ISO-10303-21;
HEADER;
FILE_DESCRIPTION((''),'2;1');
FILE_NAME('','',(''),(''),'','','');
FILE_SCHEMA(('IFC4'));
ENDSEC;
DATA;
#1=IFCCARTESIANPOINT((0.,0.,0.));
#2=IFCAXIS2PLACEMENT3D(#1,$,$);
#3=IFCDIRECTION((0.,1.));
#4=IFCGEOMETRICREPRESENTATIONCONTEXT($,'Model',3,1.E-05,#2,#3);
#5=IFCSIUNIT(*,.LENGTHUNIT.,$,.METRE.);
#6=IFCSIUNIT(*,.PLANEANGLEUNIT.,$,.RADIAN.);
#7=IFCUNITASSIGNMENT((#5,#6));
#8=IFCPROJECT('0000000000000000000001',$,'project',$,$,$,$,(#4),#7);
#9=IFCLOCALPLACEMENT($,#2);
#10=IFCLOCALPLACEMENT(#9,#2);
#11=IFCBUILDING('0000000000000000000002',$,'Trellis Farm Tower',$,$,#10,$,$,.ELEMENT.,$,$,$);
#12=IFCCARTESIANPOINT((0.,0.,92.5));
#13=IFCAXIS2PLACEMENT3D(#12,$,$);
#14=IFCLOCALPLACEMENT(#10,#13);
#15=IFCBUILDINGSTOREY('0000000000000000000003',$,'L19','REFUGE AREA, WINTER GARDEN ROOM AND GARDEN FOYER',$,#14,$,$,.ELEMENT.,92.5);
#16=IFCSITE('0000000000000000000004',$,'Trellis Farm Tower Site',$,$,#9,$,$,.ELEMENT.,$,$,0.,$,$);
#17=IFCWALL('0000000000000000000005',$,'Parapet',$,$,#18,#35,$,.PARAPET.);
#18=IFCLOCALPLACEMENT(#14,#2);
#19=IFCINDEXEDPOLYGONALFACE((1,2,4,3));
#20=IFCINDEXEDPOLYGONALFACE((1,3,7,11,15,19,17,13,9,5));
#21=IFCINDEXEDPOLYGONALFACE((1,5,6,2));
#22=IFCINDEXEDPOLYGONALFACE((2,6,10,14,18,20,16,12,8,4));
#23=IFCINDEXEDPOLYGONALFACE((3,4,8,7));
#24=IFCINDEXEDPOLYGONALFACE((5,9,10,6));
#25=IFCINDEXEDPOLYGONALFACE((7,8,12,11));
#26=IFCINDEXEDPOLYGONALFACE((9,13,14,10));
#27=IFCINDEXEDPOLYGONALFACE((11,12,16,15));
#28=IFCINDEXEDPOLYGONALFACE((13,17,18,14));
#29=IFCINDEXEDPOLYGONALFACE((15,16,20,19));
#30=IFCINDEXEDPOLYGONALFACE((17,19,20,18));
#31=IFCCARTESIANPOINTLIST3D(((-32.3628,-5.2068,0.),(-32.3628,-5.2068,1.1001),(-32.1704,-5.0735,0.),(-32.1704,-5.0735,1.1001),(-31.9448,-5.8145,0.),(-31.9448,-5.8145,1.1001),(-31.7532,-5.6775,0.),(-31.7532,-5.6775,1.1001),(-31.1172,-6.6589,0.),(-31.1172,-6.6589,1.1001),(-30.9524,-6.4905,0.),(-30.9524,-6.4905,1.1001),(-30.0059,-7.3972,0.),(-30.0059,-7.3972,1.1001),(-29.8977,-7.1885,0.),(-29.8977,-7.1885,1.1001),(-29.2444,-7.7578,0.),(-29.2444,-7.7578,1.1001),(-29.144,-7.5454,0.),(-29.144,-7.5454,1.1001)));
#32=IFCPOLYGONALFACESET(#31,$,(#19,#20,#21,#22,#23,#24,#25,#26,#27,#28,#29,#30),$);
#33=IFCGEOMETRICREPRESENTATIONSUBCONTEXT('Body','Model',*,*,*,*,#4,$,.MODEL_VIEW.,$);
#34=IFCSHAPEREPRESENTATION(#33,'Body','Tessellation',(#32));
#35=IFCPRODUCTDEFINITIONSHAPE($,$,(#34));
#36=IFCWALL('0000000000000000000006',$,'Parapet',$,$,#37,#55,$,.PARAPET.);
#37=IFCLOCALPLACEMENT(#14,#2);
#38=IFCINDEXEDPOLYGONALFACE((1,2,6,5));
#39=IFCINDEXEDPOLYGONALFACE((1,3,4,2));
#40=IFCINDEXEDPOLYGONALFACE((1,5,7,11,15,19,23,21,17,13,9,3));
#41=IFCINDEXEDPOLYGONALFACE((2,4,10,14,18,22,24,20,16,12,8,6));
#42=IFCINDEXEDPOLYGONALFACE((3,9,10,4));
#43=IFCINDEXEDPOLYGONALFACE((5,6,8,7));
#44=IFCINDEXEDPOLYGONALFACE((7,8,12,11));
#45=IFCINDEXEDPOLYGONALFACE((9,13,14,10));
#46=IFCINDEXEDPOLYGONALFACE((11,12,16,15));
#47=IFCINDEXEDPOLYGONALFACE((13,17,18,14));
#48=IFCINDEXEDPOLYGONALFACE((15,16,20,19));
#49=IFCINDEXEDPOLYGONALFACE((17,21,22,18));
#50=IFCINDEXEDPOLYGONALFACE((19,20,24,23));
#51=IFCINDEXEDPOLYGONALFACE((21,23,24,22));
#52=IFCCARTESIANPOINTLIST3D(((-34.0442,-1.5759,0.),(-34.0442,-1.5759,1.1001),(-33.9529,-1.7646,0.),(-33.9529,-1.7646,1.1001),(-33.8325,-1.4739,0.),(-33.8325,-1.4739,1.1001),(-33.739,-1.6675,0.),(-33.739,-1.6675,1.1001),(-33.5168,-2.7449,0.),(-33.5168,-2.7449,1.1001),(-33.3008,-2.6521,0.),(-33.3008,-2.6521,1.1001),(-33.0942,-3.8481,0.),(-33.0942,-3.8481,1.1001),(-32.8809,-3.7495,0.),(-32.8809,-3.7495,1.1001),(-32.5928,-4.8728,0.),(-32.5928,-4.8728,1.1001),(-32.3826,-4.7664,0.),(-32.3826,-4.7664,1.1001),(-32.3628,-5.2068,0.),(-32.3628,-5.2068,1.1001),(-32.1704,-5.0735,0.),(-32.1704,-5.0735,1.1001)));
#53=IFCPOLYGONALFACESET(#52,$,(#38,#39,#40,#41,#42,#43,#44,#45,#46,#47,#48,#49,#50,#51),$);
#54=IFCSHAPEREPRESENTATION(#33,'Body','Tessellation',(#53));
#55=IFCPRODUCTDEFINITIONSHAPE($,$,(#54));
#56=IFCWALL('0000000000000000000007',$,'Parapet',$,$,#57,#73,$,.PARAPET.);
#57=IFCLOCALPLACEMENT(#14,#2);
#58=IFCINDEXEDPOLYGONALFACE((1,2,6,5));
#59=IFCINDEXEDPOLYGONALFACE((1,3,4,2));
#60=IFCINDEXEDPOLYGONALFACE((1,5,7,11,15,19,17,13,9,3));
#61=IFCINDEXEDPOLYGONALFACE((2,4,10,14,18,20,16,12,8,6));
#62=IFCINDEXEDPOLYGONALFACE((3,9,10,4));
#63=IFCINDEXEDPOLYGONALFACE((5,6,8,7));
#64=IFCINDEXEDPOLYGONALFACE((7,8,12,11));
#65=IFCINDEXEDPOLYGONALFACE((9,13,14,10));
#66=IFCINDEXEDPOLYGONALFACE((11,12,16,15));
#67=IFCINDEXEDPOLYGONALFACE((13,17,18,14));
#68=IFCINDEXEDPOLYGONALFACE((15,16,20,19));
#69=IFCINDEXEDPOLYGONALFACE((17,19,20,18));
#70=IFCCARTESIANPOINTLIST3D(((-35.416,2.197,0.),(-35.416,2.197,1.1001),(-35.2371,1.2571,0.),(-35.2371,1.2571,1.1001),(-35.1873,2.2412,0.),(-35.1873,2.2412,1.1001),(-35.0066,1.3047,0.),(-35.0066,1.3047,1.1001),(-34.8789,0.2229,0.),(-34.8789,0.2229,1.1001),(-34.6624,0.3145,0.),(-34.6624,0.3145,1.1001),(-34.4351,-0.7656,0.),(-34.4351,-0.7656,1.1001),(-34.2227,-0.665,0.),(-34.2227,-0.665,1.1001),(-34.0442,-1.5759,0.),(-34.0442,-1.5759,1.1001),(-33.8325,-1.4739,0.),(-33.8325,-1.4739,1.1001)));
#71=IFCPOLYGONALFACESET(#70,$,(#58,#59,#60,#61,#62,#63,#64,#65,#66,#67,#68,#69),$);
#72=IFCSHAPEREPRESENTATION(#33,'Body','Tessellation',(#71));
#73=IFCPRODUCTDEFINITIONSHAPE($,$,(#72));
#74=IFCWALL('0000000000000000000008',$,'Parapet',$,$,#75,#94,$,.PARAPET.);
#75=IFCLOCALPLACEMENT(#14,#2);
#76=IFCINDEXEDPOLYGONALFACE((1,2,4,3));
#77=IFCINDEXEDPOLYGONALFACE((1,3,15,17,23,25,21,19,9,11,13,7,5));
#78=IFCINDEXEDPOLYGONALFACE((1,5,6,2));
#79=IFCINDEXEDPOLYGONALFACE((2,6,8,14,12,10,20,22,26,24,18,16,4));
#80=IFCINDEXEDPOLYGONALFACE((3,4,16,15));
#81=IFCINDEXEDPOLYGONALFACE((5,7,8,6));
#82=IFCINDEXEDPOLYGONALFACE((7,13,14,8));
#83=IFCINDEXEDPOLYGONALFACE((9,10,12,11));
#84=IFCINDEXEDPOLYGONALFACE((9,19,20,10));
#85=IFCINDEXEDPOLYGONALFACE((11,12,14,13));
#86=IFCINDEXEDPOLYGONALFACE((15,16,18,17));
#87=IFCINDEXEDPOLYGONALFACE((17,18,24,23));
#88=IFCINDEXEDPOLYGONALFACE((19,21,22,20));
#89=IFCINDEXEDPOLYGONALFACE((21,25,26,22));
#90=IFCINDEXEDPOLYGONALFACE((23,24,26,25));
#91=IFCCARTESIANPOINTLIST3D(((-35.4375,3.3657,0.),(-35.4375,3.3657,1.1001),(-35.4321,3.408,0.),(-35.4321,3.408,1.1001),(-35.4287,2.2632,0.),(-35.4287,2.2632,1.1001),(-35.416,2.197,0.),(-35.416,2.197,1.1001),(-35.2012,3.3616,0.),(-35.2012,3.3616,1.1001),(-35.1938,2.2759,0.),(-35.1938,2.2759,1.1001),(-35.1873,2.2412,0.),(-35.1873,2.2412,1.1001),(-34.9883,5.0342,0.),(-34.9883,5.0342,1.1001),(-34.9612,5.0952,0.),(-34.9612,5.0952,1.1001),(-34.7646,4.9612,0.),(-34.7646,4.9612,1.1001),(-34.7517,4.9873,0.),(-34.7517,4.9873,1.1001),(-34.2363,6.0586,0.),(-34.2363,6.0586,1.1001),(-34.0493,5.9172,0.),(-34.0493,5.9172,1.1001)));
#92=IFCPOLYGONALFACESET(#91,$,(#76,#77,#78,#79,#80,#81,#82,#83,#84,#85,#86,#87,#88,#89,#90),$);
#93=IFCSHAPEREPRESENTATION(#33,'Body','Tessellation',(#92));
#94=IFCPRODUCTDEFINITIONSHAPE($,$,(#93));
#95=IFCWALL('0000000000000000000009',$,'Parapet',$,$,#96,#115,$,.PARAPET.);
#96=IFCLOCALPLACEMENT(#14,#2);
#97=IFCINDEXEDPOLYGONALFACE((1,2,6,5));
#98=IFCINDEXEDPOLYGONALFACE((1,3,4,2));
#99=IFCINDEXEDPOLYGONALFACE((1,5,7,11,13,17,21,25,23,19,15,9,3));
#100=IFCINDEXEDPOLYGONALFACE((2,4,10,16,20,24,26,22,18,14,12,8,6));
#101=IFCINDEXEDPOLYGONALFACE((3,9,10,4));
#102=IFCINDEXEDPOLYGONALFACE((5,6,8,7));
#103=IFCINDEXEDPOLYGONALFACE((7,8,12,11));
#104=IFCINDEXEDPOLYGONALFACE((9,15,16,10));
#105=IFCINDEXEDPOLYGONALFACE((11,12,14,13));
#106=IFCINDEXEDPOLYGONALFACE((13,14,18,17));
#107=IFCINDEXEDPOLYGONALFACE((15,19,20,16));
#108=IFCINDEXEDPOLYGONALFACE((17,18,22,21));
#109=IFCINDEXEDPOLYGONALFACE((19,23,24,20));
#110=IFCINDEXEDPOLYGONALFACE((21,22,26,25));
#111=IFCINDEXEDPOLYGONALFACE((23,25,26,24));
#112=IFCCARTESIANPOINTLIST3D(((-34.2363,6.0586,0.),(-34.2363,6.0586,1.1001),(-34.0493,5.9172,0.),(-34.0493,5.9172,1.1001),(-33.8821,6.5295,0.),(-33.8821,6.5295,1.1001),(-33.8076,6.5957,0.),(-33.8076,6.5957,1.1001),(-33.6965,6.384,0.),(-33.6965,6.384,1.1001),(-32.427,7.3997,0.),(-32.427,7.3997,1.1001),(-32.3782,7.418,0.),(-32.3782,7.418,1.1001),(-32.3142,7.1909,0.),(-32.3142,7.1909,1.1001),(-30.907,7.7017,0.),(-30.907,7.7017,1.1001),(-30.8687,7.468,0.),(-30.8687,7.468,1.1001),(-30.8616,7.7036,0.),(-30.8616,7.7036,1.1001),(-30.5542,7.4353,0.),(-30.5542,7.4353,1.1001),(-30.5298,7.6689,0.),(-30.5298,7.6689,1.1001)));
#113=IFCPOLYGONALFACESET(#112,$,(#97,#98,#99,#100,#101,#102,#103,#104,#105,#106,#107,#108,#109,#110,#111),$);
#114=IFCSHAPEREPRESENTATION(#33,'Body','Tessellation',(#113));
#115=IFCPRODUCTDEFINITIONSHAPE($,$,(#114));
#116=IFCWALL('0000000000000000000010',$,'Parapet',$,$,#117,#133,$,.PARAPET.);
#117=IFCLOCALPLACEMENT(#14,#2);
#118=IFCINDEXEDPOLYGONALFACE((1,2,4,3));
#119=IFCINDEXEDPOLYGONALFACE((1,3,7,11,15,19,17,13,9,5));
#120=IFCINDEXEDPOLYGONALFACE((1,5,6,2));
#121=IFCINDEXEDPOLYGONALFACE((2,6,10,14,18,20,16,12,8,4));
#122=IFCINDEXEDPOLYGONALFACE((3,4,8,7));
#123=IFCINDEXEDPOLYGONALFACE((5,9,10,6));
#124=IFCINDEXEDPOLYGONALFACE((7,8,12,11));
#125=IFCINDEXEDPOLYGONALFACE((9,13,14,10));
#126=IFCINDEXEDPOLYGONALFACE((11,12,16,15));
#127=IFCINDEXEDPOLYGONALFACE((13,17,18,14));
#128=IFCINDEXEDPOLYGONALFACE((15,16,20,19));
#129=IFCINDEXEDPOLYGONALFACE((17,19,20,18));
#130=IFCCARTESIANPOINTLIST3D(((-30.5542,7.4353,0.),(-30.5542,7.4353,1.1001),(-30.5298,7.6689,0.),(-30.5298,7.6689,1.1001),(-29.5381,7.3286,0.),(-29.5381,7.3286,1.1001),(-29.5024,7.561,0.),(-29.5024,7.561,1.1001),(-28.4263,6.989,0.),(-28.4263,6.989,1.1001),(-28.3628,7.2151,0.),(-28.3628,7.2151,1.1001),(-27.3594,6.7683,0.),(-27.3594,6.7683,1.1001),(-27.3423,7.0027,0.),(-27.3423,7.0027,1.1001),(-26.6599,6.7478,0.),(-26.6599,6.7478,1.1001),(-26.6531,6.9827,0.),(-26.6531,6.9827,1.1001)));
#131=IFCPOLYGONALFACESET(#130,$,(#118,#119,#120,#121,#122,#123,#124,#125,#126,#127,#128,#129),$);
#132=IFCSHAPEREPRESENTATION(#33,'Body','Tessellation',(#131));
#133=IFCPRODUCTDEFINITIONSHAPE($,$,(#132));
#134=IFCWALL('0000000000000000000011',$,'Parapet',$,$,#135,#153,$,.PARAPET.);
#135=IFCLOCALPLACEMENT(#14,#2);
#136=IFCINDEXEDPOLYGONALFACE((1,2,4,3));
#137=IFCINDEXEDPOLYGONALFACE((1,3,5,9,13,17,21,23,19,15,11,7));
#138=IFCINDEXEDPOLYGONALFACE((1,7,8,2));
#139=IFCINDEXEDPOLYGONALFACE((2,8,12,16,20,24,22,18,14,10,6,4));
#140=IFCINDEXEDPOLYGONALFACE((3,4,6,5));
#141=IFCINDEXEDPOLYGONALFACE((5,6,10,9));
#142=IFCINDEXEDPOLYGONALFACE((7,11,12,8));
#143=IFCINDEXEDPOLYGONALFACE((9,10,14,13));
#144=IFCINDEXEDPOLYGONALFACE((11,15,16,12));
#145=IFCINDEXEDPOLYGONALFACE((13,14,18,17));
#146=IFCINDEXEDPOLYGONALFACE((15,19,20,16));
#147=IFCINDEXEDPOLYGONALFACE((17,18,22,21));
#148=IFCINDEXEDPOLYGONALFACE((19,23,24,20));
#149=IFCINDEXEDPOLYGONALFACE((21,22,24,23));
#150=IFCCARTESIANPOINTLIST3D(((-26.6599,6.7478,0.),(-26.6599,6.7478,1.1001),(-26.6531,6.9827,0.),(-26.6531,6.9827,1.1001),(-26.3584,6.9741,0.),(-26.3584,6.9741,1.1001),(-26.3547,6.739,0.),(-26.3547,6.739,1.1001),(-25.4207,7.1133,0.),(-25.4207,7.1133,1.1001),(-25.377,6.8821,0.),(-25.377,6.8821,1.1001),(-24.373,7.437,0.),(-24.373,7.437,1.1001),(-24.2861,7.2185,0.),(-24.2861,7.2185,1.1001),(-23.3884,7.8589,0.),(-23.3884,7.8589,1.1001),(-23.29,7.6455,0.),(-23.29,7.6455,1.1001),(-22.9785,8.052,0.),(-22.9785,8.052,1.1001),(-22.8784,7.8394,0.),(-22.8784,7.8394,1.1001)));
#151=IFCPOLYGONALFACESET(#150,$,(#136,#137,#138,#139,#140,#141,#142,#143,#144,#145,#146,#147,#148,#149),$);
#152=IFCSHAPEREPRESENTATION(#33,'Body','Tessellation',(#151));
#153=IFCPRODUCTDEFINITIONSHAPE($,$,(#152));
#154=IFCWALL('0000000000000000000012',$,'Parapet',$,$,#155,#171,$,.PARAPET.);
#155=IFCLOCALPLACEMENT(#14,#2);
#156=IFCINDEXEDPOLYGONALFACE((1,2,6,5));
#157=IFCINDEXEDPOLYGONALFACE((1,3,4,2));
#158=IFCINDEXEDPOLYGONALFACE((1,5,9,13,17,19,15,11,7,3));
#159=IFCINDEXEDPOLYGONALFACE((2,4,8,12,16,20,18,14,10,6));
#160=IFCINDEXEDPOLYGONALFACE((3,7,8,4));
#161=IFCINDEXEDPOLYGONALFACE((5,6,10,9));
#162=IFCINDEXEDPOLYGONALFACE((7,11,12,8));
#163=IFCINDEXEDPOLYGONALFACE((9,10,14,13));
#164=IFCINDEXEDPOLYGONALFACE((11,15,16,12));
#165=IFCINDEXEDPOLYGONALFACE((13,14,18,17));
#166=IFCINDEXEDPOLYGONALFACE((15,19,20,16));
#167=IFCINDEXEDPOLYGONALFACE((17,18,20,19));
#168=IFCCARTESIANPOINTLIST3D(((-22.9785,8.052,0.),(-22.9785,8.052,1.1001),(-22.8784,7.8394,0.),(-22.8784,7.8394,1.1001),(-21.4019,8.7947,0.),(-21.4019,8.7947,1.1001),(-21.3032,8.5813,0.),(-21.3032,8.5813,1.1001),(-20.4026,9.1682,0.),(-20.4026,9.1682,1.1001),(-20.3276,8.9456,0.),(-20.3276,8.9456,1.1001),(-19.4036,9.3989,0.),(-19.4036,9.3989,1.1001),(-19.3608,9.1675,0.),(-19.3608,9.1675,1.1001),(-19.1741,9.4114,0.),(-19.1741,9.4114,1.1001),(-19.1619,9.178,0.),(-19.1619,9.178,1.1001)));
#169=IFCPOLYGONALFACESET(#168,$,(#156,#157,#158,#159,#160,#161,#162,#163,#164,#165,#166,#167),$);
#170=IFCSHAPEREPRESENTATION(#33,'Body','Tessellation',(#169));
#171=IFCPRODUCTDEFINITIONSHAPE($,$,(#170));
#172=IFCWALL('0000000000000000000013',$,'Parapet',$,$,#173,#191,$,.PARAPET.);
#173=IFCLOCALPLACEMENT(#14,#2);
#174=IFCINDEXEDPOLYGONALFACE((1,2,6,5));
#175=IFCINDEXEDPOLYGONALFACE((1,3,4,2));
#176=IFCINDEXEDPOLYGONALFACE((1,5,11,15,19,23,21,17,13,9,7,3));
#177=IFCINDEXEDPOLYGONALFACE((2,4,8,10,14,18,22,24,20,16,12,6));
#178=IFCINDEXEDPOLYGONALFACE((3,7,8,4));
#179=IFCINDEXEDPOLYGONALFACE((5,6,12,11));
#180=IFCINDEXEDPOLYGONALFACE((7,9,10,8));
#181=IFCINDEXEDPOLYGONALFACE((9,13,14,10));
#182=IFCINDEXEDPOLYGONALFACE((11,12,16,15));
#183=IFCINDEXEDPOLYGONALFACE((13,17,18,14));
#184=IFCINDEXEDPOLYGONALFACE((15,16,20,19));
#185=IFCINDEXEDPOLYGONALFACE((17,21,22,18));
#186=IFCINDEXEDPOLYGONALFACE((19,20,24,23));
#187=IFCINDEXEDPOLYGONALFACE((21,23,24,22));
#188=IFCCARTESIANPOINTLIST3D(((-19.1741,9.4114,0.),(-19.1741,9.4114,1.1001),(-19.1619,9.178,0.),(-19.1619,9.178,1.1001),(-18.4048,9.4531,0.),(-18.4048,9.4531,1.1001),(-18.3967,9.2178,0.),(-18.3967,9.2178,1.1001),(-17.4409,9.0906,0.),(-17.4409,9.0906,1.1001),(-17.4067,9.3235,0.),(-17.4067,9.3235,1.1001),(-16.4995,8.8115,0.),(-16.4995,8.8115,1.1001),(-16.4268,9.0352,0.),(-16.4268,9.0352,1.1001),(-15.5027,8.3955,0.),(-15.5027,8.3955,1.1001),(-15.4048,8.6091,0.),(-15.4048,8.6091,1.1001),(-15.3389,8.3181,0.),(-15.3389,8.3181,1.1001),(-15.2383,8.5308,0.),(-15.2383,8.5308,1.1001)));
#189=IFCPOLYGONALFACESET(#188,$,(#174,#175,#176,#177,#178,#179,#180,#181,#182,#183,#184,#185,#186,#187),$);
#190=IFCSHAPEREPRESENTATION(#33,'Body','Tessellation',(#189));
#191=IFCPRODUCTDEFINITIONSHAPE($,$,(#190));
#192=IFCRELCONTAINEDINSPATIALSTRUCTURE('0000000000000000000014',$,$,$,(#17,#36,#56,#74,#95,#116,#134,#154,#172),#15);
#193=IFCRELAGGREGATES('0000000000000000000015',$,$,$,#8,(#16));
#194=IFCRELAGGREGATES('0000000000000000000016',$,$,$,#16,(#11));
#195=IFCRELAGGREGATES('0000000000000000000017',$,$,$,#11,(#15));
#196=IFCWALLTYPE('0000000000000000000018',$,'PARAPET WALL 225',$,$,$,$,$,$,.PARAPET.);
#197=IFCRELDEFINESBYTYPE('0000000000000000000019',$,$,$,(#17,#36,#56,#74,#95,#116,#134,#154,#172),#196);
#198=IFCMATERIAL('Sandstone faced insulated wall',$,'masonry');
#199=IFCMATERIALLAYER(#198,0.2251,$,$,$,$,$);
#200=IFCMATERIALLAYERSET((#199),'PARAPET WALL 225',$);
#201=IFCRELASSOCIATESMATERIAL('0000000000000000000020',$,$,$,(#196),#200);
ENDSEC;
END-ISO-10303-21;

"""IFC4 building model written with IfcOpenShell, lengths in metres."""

from ifc_helpers import new_model, si_unit, direction, frame, origin, place, context, subcontext, project, spatial, polyline, outline, extrude, material, layer, layer_set, type_object, element, save


model = new_model("IFC4")

# Units and contexts
model_context = context("Model", 3, precision=1e-05, world=origin(), true_north=direction((0.0, 1.0)))
body_context = subcontext(model_context, "Body", "Model", "MODEL_VIEW")
ifc_project = project(units=[si_unit("LENGTHUNIT", "METRE"), si_unit("PLANEANGLEUNIT", "RADIAN")], contexts=[model_context])

# Site, building, storey
site_placement = place(None, origin())
site = spatial("IfcSite", under=ifc_project, at=site_placement, Name="Trellis Farm Tower Site", CompositionType="ELEMENT", RefElevation=0.0)
building_placement = place(site_placement, origin())
building = spatial("IfcBuilding", under=site, at=building_placement, Name="Trellis Farm Tower", CompositionType="ELEMENT")
storey_placement = place(building_placement, frame((0.0, 0.0, 92.5)))
storey = spatial("IfcBuildingStorey", under=building, at=storey_placement, Name="L19", Description="REFUGE AREA, WINTER GARDEN ROOM AND GARDEN FOYER", CompositionType="ELEMENT", Elevation=92.5)

# Walls
ifc_material_1 = material(Name="Sandstone faced insulated wall", Category="masonry")
ifc_layer_1 = layer(ifc_material_1, 0.2251)
ifc_layer_set_1 = layer_set([ifc_layer_1], Name="PARAPET WALL 225")
wall_type = type_object("IfcWallType", Name="PARAPET WALL 225", PredefinedType="PARAPET", material=ifc_layer_set_1)
placement = place(storey_placement, origin())
element("IfcWall", 1, at=placement, inside=storey, type_object=wall_type, Name="Parapet", PredefinedType="PARAPET", context=body_context, shape_type="SweptSolid", body=[
    extrude(outline(polyline([(-31.1172, -6.6589), (-31.9448, -5.8145), (-32.3628, -5.2068), (-32.1704, -5.0735), (-31.7532, -5.6775), (-30.9524, -6.4905), (-29.8977, -7.1885), (-29.144, -7.5454), (-29.2444, -7.7578), (-30.0059, -7.3972), (-31.1172, -6.6589)])), origin(), (0.0, 0.0, 1.0), 1.1001),
])
element("IfcWall", 2, at=placement, inside=storey, type_object=wall_type, Name="Parapet", PredefinedType="PARAPET", context=body_context, shape_type="SweptSolid", body=[
    extrude(outline(polyline([(-32.3628, -5.2068), (-32.5928, -4.8728), (-33.0942, -3.8481), (-33.5168, -2.7449), (-33.9529, -1.7646), (-34.0442, -1.5759), (-33.8325, -1.4739), (-33.739, -1.6675), (-33.3008, -2.6521), (-32.8809, -3.7495), (-32.3826, -4.7664), (-32.1704, -5.0735), (-32.3628, -5.2068)])), origin(), (0.0, 0.0, 1.0), 1.1001),
])
element("IfcWall", 3, at=placement, inside=storey, type_object=wall_type, Name="Parapet", PredefinedType="PARAPET", context=body_context, shape_type="SweptSolid", body=[
    extrude(outline(polyline([(-34.0442, -1.5759), (-34.4351, -0.7656), (-34.8789, 0.2229), (-35.2371, 1.2571), (-35.416, 2.197), (-35.1873, 2.2412), (-35.0066, 1.3047), (-34.6624, 0.3145), (-34.2227, -0.665), (-33.8325, -1.4739), (-34.0442, -1.5759)])), origin(), (0.0, 0.0, 1.0), 1.1001),
])
element("IfcWall", 4, at=placement, inside=storey, type_object=wall_type, Name="Parapet", PredefinedType="PARAPET", context=body_context, shape_type="SweptSolid", body=[
    extrude(outline(polyline([(-35.416, 2.197), (-35.4287, 2.2632), (-35.4375, 3.3657), (-35.4321, 3.408), (-34.9883, 5.0342), (-34.9612, 5.0952), (-34.2363, 6.0586), (-34.0493, 5.9172), (-34.7517, 4.9873), (-34.7646, 4.9612), (-35.2012, 3.3616), (-35.1938, 2.2759), (-35.1873, 2.2412), (-35.416, 2.197)])), origin(), (0.0, 0.0, 1.0), 1.1001),
])
element("IfcWall", 5, at=placement, inside=storey, type_object=wall_type, Name="Parapet", PredefinedType="PARAPET", context=body_context, shape_type="SweptSolid", body=[
    extrude(outline(polyline([(-34.2363, 6.0586), (-33.8821, 6.5295), (-33.8076, 6.5957), (-32.427, 7.3997), (-32.3782, 7.418), (-30.907, 7.7017), (-30.8616, 7.7036), (-30.5298, 7.6689), (-30.5542, 7.4353), (-30.8687, 7.468), (-32.3142, 7.1909), (-33.6965, 6.384), (-34.0493, 5.9172), (-34.2363, 6.0586)])), origin(), (0.0, 0.0, 1.0), 1.1001),
])
element("IfcWall", 6, at=placement, inside=storey, type_object=wall_type, Name="Parapet", PredefinedType="PARAPET", context=body_context, shape_type="SweptSolid", body=[
    extrude(outline(polyline([(-30.5298, 7.6689), (-29.5024, 7.561), (-28.3628, 7.2151), (-27.3423, 7.0027), (-26.6531, 6.9827), (-26.6599, 6.7478), (-27.3594, 6.7683), (-28.4263, 6.989), (-29.5381, 7.3286), (-30.5542, 7.4353), (-30.5298, 7.6689)])), origin(), (0.0, 0.0, 1.0), 1.1001),
])
element("IfcWall", 7, at=placement, inside=storey, type_object=wall_type, Name="Parapet", PredefinedType="PARAPET", context=body_context, shape_type="SweptSolid", body=[
    extrude(outline(polyline([(-26.6531, 6.9827), (-26.3584, 6.9741), (-25.4207, 7.1133), (-24.373, 7.437), (-23.3884, 7.8589), (-22.9785, 8.052), (-22.8784, 7.8394), (-23.29, 7.6455), (-24.2861, 7.2185), (-25.377, 6.8821), (-26.3547, 6.739), (-26.6599, 6.7478), (-26.6531, 6.9827)])), origin(), (0.0, 0.0, 1.0), 1.1001),
])
element("IfcWall", 8, at=placement, inside=storey, type_object=wall_type, Name="Parapet", PredefinedType="PARAPET", context=body_context, shape_type="SweptSolid", body=[
    extrude(outline(polyline([(-22.9785, 8.052), (-21.4019, 8.7947), (-20.4026, 9.1682), (-19.4036, 9.3989), (-19.1741, 9.4114), (-19.1619, 9.178), (-19.3608, 9.1675), (-20.3276, 8.9456), (-21.3032, 8.5813), (-22.8784, 7.8394), (-22.9785, 8.052)])), origin(), (0.0, 0.0, 1.0), 1.1001),
])
element("IfcWall", 9, at=placement, inside=storey, type_object=wall_type, Name="Parapet", PredefinedType="PARAPET", context=body_context, shape_type="SweptSolid", body=[
    extrude(outline(polyline([(-19.1741, 9.4114), (-18.4048, 9.4531), (-17.4067, 9.3235), (-16.4268, 9.0352), (-15.4048, 8.6091), (-15.2383, 8.5308), (-15.3389, 8.3181), (-15.5027, 8.3955), (-16.4995, 8.8115), (-17.4409, 9.0906), (-18.3967, 9.2178), (-19.1619, 9.178), (-19.1741, 9.4114)])), origin(), (0.0, 0.0, 1.0), 1.1001),
])

save(model, "model.ifc")
